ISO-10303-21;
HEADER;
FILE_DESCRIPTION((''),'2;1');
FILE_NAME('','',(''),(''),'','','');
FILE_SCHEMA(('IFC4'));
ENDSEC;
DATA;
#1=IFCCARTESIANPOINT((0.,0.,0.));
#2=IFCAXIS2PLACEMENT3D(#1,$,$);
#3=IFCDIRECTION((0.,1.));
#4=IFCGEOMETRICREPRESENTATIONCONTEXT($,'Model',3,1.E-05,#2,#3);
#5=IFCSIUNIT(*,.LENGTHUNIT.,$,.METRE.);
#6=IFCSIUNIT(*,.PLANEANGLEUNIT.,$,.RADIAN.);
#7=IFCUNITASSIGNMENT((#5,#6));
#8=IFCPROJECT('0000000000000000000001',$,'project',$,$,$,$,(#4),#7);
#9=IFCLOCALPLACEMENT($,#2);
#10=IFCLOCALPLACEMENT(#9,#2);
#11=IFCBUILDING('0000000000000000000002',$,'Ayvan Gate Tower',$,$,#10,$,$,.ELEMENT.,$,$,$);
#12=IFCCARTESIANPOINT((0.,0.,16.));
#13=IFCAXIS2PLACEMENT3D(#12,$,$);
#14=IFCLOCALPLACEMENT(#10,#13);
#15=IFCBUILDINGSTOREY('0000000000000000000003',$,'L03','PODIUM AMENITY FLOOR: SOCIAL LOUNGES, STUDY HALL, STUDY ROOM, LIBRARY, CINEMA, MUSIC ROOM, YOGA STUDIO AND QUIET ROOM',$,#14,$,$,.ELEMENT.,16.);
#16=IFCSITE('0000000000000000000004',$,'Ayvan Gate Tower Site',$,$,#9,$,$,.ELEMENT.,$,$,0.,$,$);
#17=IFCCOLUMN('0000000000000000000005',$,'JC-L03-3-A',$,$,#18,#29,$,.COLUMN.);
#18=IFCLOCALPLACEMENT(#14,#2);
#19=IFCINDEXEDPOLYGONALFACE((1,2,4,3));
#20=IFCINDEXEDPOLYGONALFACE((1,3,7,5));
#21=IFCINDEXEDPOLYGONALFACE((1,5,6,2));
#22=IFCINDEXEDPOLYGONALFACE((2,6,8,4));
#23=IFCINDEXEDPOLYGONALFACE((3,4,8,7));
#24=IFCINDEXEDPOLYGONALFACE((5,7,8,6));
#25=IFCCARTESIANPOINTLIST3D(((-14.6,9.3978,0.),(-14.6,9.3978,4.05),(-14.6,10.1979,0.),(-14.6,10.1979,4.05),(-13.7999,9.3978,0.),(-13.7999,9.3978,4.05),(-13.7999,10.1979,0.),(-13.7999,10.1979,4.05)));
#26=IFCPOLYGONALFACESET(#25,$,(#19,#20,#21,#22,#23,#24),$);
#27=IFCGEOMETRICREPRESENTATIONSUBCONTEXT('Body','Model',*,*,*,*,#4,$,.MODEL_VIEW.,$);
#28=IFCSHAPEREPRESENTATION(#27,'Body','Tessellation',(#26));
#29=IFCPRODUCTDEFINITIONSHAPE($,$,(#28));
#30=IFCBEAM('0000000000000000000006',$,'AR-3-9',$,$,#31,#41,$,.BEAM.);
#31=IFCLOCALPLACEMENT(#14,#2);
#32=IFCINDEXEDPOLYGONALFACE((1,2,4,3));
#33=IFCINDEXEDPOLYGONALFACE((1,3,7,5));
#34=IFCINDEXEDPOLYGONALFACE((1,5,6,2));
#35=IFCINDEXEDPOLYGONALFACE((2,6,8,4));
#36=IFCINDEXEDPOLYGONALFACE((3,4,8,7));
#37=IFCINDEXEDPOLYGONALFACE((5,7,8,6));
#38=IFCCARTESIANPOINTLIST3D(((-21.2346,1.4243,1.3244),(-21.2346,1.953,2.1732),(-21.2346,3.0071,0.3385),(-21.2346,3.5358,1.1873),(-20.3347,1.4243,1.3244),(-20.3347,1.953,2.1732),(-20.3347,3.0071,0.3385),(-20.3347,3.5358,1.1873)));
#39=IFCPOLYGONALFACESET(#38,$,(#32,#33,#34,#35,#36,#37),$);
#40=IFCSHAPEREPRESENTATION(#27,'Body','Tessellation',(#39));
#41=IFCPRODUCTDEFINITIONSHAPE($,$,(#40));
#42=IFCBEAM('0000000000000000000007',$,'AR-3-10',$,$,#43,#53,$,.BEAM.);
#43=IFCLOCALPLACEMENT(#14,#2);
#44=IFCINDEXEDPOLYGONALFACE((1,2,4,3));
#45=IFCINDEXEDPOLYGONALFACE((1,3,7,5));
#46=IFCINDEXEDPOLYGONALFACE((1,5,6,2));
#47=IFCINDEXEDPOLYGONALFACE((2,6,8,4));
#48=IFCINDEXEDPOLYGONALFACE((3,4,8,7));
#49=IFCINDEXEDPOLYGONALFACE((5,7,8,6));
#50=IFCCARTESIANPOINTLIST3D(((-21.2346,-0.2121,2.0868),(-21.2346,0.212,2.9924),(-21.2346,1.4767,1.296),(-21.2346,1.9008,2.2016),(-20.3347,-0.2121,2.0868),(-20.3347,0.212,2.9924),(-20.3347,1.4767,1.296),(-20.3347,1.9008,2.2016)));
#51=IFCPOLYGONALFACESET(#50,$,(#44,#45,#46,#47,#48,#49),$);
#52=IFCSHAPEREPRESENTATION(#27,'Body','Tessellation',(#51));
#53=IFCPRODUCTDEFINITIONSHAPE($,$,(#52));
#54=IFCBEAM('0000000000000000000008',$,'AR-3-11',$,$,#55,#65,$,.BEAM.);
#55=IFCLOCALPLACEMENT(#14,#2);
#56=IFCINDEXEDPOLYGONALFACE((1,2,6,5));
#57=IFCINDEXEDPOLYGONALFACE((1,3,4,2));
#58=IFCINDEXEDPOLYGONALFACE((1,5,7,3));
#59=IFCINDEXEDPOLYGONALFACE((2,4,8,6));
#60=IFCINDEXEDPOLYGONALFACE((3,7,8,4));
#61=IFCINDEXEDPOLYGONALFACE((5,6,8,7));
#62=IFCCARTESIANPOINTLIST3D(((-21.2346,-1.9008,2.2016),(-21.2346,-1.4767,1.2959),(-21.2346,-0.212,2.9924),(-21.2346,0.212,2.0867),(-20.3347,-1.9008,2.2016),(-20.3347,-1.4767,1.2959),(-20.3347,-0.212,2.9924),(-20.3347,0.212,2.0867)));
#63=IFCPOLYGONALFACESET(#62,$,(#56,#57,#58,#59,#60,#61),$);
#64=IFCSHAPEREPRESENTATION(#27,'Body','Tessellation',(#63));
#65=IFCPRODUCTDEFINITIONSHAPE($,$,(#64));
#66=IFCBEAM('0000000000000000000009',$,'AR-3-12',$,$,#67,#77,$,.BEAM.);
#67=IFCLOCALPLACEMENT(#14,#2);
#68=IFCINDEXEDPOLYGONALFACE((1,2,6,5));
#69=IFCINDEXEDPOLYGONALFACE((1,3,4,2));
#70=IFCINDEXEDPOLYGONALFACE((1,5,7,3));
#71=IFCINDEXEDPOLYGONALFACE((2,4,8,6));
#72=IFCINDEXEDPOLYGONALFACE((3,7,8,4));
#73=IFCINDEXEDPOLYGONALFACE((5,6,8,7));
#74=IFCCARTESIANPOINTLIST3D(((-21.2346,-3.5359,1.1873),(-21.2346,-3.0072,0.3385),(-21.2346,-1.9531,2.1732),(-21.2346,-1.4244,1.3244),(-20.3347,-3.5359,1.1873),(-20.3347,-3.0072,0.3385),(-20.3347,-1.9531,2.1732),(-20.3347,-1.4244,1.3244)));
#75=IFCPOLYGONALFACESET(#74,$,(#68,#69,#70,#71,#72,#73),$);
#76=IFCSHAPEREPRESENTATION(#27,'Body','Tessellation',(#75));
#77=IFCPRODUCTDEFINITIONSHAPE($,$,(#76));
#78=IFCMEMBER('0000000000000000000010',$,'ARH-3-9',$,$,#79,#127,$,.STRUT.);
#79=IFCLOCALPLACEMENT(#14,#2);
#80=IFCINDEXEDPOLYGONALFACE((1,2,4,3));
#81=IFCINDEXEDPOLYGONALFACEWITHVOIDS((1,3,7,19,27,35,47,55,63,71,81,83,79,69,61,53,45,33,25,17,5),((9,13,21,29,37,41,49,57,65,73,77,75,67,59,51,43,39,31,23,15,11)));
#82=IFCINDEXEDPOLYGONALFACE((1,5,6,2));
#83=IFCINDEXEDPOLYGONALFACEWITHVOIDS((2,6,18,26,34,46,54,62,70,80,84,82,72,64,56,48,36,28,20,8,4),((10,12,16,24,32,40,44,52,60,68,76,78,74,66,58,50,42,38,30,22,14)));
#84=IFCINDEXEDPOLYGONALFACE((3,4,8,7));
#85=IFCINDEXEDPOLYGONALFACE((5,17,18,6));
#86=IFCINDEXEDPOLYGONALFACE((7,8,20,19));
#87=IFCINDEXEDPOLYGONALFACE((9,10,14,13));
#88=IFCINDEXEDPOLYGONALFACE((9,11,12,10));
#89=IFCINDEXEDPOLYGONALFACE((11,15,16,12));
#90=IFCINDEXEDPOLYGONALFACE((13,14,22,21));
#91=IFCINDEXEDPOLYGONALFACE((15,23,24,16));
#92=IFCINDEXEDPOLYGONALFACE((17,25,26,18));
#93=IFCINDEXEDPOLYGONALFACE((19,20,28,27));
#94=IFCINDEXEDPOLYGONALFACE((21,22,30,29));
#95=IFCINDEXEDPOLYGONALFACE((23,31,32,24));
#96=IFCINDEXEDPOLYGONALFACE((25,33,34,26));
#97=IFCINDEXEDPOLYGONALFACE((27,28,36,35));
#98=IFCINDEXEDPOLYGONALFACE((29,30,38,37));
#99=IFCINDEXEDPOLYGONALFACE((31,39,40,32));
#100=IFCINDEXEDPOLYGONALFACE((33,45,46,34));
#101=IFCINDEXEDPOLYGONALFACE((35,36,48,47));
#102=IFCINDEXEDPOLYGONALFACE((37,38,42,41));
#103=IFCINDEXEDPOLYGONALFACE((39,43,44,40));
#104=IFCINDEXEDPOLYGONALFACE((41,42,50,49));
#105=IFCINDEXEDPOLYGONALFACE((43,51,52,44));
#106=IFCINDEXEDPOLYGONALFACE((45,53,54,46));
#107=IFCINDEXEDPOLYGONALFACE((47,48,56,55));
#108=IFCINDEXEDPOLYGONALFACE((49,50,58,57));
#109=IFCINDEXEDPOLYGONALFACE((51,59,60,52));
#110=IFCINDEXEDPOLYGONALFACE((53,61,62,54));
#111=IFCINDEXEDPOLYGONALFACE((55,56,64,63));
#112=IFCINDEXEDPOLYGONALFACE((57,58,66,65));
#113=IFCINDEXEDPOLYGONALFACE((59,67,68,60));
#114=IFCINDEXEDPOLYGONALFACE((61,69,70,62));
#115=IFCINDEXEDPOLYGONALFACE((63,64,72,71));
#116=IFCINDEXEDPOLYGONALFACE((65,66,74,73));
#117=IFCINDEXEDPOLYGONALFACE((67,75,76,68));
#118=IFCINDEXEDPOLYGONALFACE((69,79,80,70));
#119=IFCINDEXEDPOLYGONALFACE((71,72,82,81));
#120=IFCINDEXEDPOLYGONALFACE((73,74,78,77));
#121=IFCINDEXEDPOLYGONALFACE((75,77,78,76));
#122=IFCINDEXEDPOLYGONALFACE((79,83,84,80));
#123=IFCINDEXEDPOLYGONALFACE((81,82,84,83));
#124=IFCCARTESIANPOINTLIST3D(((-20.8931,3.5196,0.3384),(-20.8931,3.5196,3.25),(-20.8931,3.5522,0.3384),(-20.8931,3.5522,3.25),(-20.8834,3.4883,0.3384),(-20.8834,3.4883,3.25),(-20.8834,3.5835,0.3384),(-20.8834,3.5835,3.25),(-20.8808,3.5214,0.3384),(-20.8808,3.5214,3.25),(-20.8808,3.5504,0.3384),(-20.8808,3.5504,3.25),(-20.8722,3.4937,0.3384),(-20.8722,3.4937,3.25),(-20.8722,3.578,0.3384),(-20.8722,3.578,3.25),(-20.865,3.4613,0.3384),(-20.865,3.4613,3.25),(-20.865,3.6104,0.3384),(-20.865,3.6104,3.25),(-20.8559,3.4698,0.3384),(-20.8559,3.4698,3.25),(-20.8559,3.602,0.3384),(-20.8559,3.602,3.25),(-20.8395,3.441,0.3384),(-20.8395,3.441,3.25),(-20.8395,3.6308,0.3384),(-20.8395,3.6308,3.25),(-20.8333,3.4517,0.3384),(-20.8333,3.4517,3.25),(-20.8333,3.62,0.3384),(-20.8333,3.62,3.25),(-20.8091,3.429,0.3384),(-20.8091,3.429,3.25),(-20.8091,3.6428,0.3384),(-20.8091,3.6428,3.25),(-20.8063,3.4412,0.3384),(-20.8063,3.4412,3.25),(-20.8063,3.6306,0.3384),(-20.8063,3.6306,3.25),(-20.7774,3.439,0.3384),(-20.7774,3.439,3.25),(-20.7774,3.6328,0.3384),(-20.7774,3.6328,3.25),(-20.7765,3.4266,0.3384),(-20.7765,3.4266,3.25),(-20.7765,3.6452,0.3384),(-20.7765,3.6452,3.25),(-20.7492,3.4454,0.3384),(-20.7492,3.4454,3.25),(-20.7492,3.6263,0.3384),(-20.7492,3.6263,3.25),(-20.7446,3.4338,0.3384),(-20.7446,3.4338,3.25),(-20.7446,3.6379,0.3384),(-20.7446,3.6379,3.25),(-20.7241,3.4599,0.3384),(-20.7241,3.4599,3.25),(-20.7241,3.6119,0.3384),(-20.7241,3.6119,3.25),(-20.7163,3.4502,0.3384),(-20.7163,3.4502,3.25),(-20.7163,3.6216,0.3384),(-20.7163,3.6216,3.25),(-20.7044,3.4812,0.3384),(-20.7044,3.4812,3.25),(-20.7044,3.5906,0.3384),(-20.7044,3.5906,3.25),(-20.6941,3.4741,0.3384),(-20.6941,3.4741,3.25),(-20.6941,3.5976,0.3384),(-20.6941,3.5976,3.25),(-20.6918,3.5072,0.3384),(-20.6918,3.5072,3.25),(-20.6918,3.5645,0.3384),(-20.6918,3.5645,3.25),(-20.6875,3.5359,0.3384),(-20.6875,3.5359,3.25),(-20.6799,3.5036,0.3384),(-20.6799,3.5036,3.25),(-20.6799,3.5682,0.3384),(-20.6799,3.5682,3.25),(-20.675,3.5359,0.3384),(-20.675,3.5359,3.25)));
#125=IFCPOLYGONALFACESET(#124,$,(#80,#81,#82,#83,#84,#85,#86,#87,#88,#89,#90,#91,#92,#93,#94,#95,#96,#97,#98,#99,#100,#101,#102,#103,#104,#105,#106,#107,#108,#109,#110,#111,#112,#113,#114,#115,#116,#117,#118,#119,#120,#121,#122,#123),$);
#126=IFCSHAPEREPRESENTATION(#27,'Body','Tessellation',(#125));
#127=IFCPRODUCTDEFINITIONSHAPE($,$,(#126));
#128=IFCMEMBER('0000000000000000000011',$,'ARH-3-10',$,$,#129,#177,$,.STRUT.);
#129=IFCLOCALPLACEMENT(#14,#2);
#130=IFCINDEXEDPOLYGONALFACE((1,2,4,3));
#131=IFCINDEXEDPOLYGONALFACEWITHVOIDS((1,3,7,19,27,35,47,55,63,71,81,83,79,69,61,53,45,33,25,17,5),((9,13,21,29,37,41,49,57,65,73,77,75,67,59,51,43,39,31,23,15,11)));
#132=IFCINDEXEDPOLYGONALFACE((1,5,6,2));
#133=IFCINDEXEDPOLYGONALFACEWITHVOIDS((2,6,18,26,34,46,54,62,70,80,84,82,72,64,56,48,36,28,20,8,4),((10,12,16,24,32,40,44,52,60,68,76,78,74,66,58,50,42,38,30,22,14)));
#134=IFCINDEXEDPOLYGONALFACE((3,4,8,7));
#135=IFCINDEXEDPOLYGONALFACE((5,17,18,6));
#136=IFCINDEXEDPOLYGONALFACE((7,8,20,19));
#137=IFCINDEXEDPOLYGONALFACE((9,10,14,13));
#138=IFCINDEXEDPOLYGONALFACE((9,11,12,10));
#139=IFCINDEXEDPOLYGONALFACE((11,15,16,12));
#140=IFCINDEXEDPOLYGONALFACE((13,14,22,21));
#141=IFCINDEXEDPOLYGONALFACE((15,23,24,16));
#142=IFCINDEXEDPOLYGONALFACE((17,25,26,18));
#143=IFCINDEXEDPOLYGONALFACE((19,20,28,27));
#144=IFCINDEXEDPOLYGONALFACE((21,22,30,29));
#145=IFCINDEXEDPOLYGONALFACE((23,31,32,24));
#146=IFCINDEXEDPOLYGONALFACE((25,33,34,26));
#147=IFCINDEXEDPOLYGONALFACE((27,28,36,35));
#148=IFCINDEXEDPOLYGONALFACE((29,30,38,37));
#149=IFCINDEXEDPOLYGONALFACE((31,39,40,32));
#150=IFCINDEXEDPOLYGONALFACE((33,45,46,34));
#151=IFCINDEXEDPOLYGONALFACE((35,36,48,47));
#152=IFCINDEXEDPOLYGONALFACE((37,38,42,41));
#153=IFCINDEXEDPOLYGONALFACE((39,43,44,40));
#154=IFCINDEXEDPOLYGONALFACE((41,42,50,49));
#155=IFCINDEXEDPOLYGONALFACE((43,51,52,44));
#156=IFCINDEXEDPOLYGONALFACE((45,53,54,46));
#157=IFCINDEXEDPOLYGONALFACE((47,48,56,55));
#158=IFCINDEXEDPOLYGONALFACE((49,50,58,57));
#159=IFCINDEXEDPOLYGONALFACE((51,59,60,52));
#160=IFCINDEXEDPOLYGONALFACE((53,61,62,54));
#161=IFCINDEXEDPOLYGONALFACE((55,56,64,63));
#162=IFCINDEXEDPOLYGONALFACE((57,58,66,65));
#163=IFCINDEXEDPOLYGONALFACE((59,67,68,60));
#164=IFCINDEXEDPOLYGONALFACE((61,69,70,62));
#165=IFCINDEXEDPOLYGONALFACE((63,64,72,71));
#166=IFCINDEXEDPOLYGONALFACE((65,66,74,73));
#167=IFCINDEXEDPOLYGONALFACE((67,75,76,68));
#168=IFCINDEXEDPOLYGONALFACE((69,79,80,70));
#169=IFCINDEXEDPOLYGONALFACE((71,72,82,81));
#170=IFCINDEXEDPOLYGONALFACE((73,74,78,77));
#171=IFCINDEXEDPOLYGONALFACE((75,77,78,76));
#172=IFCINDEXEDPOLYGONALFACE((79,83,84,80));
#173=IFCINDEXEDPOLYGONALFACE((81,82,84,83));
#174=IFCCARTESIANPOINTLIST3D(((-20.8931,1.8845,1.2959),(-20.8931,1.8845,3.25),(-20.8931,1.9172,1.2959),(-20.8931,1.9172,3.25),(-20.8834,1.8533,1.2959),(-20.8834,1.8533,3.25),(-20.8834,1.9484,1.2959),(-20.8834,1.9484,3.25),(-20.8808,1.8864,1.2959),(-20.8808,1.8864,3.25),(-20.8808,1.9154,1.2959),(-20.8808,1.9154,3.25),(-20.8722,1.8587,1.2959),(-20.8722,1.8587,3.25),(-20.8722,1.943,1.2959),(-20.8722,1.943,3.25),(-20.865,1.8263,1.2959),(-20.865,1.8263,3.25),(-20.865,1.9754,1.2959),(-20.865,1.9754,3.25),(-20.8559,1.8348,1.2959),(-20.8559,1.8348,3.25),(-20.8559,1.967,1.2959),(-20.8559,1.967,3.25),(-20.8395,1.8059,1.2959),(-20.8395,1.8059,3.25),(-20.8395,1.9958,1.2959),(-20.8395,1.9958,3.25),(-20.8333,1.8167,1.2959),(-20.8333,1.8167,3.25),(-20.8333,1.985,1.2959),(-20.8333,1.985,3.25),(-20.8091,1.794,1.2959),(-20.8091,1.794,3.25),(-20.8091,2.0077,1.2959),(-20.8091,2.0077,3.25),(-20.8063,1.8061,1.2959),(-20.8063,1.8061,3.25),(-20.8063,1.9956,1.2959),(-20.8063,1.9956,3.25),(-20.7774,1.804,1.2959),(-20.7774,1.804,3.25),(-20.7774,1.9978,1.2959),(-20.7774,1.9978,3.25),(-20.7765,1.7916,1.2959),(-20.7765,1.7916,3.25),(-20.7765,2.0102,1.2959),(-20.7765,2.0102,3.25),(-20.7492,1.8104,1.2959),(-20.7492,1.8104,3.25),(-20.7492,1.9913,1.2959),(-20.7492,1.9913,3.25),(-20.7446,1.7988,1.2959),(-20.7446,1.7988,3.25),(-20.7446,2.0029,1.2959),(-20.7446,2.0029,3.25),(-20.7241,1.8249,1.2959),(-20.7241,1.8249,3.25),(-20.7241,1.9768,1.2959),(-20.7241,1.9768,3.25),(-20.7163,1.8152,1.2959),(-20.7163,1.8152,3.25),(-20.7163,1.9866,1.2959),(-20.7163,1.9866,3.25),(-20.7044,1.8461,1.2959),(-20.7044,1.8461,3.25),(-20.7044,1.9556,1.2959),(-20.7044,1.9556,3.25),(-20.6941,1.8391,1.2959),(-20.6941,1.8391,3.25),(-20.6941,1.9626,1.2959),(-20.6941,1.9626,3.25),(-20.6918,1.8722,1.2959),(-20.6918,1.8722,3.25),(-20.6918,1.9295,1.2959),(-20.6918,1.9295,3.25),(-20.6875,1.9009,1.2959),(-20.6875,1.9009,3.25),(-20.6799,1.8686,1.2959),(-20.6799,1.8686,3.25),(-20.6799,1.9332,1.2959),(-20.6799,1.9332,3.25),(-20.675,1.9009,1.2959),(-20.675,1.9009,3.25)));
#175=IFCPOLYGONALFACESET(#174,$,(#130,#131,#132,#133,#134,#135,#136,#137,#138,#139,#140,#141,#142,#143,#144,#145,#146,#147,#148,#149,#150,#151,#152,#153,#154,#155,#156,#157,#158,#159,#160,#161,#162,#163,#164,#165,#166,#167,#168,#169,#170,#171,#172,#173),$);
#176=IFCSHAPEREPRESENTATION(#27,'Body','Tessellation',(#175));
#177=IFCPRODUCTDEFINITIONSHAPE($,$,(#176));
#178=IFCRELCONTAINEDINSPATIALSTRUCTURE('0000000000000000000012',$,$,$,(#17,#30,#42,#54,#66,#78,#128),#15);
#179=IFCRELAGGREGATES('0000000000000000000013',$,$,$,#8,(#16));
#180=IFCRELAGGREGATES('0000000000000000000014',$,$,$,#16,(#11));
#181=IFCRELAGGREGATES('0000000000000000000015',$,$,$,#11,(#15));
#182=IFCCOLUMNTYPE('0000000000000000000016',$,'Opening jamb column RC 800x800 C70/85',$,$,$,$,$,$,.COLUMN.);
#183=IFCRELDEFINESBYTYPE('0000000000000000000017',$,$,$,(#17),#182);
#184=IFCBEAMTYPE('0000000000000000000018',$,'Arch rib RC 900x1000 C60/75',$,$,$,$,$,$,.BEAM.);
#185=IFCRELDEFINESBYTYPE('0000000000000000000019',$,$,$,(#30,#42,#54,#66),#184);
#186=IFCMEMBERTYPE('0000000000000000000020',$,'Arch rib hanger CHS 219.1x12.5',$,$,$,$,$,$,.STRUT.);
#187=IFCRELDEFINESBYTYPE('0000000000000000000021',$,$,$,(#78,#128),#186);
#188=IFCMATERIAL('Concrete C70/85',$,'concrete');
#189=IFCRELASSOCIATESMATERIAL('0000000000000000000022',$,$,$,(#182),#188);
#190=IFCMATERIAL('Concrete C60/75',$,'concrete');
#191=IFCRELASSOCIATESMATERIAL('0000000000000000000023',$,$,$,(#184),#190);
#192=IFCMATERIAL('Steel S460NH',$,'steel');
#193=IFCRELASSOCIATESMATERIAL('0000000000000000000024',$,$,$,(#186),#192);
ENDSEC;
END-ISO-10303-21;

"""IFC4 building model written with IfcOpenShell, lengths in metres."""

from ifc_helpers import new_model, si_unit, direction, frame, origin, origin_2d, place, context, subcontext, project, spatial, rectangle, hollow_circle, extrude, material, material_profile, profile_set, type_object, element, save


model = new_model("IFC4")

# Units and contexts
model_context = context("Model", 3, precision=1e-05, world=origin(), true_north=direction((0.0, 1.0)))
body_context = subcontext(model_context, "Body", "Model", "MODEL_VIEW")
ifc_project = project(units=[si_unit("LENGTHUNIT", "METRE"), si_unit("PLANEANGLEUNIT", "RADIAN")], contexts=[model_context])

# Site, building, storey
site_placement = place(None, origin())
site = spatial("IfcSite", under=ifc_project, at=site_placement, Name="Ayvan Gate Tower Site", CompositionType="ELEMENT", RefElevation=0.0)
building_placement = place(site_placement, origin())
building = spatial("IfcBuilding", under=site, at=building_placement, Name="Ayvan Gate Tower", CompositionType="ELEMENT")
storey_placement = place(building_placement, frame((0.0, 0.0, 16.0)))
storey = spatial("IfcBuildingStorey", under=building, at=storey_placement, Name="L03", Description="PODIUM AMENITY FLOOR: SOCIAL LOUNGES, STUDY HALL, STUDY ROOM, LIBRARY, CINEMA, MUSIC ROOM, YOGA STUDIO AND QUIET ROOM", CompositionType="ELEMENT", Elevation=16.0)

# Column
ifc_material_1 = material(Name="Concrete C70/85", Category="concrete")
ifc_material_profile_1 = material_profile(ifc_material_1, rectangle(XDim=0.8, YDim=0.8, at=origin_2d()), Name="RC 800x800")
ifc_profile_set_1 = profile_set([ifc_material_profile_1], Name="Concrete C70/85")
column_type = type_object("IfcColumnType", Name="Opening jamb column RC 800x800 C70/85", PredefinedType="COLUMN", material=ifc_profile_set_1)
column_placement = place(storey_placement, frame((-14.2, 9.7979, 0.0), z_axis=(0.0, 0.0, 1.0), x_axis=(-1.0, 0.0, 0.0)))
element("IfcColumn", 1, at=column_placement, inside=storey, type_object=column_type, Name="JC-L03-3-A", PredefinedType="COLUMN", context=body_context, shape_type="SweptSolid", body=[
    extrude(rectangle(XDim=0.8, YDim=0.8, at=origin_2d()), origin(), (0.0, 0.0, 1.0), 4.05),
])

# Beams
ifc_material_2 = material(Name="Concrete C60/75", Category="concrete")
ifc_material_profile_2 = material_profile(ifc_material_2, rectangle(XDim=0.8999, YDim=1.0, at=origin_2d()), Name="RC 900x1000")
ifc_profile_set_2 = profile_set([ifc_material_profile_2], Name="Concrete C60/75")
beam_type_1 = type_object("IfcBeamType", Name="Arch rib RC 900x1000 C60/75", PredefinedType="BEAM", material=ifc_profile_set_2)
for number, where, z_axis, x_axis, name in (
    (2, (-20.7847, 3.2715, 0.7629), (0.0, -0.848814, 0.528692), (1.0, 0.0, 0.0), "AR-3-9"),
    (3, (-20.7847, 1.6887, 1.7488), (0.0, -0.905627, 0.424075), (1.0, 0.0, 0.0), "AR-3-10"),
    (4, (-20.7847, 0.0, 2.5396), (0.0, -0.905627, -0.424075), (1.0, 0.0, 0.0), "AR-3-11"),
    (5, (-20.7847, -1.6887, 1.7488), (0.0, -0.848814, -0.528692), (1.0, 0.0, 0.0), "AR-3-12"),
):
    element("IfcBeam", number, at=place(storey_placement, frame(where, z_axis=z_axis, x_axis=x_axis)), inside=storey, type_object=beam_type_1, Name=name, PredefinedType="BEAM", context=body_context, shape_type="SweptSolid", body=[
        extrude(rectangle(XDim=0.8999, YDim=1.0, at=origin_2d()), origin(), (0.0, 0.0, 1.0), 1.8647),
    ])

# Members
ifc_material_3 = material(Name="Steel S460NH", Category="steel")
ifc_material_profile_3 = material_profile(ifc_material_3, hollow_circle(Radius=0.1096, WallThickness=0.0125, at=origin_2d()), Name="CHS 219.1x12.5")
ifc_profile_set_3 = profile_set([ifc_material_profile_3], Name="Steel S460NH")
member_type = type_object("IfcMemberType", Name="Arch rib hanger CHS 219.1x12.5", PredefinedType="STRUT", material=ifc_profile_set_3)
member_placement = place(storey_placement, frame((-20.7847, 3.5359, 0.3384), z_axis=(0.0, 0.0, 1.0), x_axis=(1.0, 0.0, 0.0)))
element("IfcMember", 6, at=member_placement, inside=storey, type_object=member_type, Name="ARH-3-9", PredefinedType="STRUT", context=body_context, shape_type="SweptSolid", body=[
    extrude(hollow_circle(Radius=0.1096, WallThickness=0.0125, at=origin_2d()), origin(), (0.0, 0.0, 1.0), 2.9116),
])
for number, where, z_axis, x_axis, name in (
    (7, (-20.7847, 1.9009, 1.2959), (0.0, 0.0, 1.0), (1.0, 0.0, 0.0), "ARH-3-10"),
):
    element("IfcMember", number, at=place(storey_placement, frame(where, z_axis=z_axis, x_axis=x_axis)), inside=storey, type_object=member_type, Name=name, PredefinedType="STRUT", context=body_context, shape_type="SweptSolid", body=[
        extrude(hollow_circle(Radius=0.1096, WallThickness=0.0125, at=origin_2d()), origin(), (0.0, 0.0, 1.0), 1.9541),
    ])

save(model, "model.ifc")
